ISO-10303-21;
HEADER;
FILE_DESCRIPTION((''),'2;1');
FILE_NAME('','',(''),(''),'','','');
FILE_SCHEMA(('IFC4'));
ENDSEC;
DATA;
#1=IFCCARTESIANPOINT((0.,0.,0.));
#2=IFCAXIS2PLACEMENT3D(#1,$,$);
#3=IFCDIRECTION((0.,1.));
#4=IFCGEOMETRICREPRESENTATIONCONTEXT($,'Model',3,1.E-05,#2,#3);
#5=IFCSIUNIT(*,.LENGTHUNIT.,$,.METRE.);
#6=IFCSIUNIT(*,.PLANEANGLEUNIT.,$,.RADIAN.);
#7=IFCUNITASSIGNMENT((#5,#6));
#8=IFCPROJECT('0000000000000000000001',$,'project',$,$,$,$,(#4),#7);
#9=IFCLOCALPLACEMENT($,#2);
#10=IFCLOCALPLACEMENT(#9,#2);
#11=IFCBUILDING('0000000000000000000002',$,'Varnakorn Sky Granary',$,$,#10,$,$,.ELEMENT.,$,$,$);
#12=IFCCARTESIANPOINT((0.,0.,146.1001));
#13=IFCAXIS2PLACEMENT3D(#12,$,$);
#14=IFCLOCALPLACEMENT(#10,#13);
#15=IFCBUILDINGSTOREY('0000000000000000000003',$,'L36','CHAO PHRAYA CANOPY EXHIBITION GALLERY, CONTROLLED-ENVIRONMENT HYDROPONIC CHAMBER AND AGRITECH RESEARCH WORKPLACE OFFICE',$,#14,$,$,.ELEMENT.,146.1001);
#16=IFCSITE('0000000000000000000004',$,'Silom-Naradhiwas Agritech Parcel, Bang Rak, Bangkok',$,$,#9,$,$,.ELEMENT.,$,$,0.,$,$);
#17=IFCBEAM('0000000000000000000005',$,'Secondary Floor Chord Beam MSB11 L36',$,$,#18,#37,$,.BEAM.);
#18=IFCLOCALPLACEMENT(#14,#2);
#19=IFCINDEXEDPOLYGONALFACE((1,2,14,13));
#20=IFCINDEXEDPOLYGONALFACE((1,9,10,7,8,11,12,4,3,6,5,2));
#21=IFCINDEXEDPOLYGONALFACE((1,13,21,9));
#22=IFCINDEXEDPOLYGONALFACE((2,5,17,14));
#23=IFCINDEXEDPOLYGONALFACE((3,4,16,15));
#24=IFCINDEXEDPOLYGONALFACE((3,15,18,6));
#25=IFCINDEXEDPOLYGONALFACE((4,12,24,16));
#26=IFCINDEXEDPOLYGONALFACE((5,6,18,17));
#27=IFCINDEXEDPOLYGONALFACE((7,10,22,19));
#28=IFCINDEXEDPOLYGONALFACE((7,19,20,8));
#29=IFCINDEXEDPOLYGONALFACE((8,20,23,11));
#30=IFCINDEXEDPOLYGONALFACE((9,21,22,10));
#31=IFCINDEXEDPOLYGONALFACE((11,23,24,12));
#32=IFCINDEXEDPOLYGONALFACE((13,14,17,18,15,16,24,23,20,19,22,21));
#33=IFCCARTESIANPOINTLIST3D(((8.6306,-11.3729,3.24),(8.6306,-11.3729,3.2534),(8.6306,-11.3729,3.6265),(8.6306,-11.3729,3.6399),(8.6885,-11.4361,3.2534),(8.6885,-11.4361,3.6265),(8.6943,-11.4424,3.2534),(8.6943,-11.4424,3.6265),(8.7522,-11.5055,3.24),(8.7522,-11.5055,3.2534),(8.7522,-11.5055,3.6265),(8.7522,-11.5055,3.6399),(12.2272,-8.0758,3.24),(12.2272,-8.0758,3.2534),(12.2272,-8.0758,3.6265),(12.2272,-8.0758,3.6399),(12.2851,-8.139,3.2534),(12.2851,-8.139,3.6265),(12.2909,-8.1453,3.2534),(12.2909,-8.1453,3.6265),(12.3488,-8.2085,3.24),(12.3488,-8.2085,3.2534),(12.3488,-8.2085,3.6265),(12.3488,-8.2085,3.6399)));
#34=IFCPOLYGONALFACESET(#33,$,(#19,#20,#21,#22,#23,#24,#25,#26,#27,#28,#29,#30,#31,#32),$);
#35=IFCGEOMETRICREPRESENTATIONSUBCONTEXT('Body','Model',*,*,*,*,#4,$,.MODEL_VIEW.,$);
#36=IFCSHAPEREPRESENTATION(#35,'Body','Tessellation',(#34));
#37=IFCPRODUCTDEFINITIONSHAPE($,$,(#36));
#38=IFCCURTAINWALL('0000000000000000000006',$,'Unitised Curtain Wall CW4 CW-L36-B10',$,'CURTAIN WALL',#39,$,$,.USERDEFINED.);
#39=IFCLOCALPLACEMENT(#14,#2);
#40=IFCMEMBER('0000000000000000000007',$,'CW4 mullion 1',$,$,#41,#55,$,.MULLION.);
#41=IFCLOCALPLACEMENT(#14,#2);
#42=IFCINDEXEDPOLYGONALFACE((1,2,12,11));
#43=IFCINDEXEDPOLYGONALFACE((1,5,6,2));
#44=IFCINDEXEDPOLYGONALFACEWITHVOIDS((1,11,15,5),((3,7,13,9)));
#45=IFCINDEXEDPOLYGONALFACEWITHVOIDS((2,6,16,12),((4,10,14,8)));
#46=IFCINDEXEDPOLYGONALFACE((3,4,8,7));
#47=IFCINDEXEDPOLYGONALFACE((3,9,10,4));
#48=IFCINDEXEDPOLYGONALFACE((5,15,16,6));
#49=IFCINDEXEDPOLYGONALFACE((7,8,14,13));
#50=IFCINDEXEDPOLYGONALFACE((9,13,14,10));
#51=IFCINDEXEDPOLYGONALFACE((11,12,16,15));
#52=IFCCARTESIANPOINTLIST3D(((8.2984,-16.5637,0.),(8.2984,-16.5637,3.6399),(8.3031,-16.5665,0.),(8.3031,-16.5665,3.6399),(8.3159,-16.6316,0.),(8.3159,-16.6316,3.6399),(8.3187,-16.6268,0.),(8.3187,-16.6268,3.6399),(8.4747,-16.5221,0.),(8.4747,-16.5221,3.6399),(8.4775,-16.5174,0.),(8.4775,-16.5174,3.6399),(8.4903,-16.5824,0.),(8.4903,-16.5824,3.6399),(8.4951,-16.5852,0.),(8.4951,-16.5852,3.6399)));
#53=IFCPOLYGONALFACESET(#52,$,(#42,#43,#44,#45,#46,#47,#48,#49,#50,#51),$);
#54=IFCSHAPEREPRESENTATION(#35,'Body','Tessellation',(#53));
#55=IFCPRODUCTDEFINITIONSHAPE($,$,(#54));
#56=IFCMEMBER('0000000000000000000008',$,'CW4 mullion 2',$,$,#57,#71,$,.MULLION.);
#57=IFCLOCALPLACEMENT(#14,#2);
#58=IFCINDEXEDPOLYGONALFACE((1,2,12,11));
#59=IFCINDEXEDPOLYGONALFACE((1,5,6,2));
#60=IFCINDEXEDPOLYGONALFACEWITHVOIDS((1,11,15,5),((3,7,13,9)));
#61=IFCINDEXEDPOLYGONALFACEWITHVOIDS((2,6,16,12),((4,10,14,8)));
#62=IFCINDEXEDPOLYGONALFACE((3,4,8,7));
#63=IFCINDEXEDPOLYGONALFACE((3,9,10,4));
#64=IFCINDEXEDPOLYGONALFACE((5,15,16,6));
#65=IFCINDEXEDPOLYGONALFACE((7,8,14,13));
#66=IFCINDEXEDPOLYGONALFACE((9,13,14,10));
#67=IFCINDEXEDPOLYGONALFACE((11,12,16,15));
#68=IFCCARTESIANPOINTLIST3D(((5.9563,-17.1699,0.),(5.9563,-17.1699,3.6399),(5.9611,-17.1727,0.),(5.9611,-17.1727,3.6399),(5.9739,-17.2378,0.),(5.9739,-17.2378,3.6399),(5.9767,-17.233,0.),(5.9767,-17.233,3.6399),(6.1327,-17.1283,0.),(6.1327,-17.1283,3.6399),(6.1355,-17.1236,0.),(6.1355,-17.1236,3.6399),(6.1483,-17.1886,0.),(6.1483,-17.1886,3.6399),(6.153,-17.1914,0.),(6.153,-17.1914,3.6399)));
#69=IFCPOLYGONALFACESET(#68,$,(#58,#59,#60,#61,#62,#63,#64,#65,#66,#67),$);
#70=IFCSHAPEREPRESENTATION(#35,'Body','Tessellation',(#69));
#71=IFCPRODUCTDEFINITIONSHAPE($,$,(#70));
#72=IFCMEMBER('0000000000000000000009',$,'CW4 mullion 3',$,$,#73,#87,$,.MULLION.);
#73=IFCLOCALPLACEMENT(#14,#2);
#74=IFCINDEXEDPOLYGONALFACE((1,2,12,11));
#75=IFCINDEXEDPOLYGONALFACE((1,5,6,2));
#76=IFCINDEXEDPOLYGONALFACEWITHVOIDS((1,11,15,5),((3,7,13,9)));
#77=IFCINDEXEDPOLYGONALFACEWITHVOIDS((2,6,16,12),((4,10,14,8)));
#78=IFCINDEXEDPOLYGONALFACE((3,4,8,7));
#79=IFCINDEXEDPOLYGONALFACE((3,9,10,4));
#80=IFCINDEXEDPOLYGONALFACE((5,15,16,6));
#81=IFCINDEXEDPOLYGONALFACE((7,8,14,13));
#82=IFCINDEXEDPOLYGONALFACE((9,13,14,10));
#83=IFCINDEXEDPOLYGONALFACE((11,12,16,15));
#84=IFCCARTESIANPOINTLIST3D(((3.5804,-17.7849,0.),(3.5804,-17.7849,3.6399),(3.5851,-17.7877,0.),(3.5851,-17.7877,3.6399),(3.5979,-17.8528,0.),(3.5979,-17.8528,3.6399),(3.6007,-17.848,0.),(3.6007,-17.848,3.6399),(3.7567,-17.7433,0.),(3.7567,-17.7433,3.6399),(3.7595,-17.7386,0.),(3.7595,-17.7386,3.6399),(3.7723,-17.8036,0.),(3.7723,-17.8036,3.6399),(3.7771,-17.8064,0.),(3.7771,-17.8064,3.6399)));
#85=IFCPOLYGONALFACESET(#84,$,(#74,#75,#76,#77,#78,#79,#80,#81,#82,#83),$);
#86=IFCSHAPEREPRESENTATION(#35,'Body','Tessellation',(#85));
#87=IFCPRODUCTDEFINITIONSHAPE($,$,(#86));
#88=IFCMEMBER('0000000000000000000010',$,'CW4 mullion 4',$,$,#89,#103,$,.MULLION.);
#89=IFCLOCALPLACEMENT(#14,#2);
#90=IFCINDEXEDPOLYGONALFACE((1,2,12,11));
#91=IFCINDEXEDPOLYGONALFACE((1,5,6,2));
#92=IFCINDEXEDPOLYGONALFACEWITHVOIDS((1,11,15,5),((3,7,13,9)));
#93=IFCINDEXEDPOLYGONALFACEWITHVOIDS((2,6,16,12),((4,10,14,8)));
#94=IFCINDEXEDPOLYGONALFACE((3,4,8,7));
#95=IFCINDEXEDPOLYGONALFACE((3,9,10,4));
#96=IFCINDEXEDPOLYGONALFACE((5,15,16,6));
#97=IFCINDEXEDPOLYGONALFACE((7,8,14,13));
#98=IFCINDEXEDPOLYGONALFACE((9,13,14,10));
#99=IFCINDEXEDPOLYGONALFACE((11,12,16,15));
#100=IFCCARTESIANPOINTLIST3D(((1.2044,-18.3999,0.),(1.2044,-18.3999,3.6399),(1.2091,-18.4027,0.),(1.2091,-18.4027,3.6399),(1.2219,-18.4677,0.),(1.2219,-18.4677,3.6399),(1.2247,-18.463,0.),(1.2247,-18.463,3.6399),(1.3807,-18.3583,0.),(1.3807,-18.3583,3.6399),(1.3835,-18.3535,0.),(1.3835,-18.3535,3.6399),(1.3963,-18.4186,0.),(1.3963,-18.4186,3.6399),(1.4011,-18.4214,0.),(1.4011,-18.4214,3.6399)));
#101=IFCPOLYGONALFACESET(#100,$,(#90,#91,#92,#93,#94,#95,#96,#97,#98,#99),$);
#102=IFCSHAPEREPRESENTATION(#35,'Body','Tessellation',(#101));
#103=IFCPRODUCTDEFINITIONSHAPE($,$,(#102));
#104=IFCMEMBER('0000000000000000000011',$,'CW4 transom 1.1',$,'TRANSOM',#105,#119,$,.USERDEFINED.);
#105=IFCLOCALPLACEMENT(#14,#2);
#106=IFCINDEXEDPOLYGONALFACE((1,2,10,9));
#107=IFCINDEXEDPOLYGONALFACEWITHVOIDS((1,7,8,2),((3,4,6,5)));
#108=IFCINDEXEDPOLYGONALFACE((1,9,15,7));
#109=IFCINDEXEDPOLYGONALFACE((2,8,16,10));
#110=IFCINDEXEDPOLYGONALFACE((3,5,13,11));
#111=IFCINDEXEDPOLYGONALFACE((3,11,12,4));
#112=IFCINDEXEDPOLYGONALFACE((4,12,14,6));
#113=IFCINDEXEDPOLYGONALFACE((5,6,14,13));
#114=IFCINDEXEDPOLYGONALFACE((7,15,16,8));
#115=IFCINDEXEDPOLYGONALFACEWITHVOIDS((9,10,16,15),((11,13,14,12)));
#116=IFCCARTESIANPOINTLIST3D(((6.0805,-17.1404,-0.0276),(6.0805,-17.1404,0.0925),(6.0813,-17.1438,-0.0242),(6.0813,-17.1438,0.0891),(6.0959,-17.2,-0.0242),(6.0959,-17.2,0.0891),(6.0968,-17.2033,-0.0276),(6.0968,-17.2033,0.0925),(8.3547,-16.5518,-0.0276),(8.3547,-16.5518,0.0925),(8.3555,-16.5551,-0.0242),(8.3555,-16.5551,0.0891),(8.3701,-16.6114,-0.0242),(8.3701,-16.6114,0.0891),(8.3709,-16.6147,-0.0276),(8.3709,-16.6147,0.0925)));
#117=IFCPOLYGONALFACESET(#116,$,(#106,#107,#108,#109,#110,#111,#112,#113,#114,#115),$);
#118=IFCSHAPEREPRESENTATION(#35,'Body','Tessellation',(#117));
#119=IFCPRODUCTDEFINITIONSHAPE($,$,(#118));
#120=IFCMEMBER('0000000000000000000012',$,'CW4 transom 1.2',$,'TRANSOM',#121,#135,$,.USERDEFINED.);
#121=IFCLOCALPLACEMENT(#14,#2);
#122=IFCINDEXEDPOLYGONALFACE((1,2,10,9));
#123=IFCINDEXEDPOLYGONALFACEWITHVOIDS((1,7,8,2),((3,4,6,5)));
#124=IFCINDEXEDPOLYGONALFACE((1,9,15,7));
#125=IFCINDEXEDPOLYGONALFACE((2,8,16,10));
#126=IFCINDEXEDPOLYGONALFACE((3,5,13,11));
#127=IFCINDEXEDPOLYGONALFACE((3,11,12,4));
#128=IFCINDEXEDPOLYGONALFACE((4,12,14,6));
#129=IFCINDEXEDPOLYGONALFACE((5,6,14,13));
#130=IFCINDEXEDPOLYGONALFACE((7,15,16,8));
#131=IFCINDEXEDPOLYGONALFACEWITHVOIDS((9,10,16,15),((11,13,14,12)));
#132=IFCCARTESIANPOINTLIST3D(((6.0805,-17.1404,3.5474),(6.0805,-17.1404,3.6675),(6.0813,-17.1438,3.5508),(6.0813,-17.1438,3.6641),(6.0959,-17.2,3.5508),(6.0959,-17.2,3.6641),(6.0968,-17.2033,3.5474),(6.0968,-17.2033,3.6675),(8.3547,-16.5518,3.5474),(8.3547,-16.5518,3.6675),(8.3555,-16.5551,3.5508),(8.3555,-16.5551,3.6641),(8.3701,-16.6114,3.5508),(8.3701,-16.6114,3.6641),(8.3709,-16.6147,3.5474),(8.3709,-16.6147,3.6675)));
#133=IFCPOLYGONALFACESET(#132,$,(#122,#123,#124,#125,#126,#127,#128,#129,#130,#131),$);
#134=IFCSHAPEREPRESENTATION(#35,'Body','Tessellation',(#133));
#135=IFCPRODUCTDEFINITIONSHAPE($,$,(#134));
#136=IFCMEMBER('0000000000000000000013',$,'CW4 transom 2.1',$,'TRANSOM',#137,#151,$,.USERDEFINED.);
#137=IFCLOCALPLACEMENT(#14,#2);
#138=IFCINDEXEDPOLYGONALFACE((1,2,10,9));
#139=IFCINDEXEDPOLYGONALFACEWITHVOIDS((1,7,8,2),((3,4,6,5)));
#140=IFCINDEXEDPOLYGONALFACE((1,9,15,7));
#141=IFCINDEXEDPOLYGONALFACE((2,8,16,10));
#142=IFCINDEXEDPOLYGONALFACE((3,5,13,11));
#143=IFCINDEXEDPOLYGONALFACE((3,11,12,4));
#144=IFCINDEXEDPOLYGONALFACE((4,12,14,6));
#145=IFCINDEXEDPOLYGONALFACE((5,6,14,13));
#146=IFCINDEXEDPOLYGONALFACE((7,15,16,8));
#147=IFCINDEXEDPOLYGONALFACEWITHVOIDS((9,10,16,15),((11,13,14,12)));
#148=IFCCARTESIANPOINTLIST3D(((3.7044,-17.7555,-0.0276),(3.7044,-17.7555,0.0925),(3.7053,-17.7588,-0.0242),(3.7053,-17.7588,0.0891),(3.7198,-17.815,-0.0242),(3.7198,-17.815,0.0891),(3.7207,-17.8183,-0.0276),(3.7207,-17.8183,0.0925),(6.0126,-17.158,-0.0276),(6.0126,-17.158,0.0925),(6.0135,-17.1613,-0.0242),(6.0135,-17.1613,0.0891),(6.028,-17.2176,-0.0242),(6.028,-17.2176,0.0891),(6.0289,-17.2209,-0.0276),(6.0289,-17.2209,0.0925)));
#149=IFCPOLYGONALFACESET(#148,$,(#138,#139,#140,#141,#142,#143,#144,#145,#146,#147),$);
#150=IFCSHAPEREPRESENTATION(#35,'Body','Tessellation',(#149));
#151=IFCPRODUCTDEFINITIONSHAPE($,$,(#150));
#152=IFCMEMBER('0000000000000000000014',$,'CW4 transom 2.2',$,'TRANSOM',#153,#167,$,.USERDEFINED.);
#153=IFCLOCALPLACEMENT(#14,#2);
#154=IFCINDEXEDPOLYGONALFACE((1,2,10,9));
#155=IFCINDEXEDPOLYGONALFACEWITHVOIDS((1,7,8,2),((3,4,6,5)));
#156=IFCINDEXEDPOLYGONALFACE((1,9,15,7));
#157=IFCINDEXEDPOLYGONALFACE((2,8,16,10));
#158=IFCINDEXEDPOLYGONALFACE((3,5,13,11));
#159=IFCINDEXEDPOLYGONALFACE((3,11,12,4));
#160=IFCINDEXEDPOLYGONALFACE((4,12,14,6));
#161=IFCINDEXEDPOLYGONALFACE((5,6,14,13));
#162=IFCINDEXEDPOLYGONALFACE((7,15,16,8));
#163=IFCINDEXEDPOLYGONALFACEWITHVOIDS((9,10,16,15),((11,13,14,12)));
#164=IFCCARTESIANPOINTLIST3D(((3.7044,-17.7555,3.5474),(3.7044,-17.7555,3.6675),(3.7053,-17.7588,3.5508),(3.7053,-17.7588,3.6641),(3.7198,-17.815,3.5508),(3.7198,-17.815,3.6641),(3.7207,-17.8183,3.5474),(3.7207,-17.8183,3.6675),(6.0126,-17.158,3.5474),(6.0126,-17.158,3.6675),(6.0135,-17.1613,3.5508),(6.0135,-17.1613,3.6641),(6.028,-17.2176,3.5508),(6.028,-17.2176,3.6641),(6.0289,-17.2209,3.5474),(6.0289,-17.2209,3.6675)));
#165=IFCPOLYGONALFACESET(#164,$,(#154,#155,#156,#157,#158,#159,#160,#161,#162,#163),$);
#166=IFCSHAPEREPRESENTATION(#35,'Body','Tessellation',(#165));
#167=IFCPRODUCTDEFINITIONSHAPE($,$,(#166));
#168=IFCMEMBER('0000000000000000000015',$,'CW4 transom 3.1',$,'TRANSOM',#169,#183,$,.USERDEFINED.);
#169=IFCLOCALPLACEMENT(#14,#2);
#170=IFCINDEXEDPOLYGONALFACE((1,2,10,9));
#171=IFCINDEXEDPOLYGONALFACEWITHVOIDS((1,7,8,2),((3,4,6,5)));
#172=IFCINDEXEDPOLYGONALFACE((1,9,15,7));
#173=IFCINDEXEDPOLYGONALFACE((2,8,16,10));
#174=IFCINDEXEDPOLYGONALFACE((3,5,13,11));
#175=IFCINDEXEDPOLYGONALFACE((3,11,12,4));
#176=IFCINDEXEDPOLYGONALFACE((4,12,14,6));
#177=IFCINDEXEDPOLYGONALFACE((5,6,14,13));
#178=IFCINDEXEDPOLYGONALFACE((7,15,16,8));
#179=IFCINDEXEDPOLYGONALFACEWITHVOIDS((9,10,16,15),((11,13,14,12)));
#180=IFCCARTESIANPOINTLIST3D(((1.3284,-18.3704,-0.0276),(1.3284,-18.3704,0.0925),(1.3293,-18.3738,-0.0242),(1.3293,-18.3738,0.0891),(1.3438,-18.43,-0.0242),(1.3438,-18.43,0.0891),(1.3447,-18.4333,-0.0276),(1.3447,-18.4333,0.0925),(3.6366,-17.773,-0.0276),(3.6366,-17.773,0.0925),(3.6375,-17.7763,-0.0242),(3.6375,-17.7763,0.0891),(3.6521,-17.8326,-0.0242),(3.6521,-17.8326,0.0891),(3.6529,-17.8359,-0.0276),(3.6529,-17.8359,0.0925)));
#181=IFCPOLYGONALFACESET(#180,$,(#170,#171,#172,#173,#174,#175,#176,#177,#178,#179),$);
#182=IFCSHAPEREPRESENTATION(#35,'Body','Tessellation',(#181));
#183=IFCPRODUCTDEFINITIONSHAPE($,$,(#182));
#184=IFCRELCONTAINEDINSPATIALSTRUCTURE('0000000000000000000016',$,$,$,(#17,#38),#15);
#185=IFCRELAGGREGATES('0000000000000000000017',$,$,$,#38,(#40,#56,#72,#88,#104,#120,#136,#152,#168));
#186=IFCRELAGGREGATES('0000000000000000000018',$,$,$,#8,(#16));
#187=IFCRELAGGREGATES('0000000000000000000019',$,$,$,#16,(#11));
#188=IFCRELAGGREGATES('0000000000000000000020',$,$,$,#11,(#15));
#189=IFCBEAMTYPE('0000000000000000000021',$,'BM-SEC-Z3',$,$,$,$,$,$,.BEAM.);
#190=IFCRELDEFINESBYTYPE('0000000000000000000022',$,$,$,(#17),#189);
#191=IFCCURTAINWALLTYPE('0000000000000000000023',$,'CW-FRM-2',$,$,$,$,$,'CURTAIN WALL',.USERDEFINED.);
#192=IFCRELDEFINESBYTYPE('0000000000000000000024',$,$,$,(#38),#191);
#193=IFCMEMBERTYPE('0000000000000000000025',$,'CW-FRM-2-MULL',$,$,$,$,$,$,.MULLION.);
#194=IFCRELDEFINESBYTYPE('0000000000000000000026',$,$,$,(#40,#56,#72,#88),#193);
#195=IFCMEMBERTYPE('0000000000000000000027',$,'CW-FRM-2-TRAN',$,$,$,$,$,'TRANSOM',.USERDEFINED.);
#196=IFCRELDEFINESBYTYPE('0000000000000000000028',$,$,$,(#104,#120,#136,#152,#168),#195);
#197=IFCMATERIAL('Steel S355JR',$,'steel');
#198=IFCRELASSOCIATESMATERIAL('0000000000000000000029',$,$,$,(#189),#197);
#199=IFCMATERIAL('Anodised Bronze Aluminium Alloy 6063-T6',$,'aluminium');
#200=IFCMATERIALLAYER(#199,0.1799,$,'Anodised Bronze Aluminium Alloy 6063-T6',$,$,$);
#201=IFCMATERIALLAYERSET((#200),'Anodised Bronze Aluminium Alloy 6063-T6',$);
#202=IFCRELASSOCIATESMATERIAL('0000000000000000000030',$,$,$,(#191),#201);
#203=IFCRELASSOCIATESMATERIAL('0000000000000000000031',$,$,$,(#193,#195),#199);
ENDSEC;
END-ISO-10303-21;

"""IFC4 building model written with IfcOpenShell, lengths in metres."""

from ifc_helpers import new_model, si_unit, direction, frame, origin, origin_2d, place, context, subcontext, project, spatial, hollow_rectangle, i_section, extrude, material, layer, layer_set, material_profile, profile_set, type_object, element, aggregate, save


model = new_model("IFC4")

# Units and contexts
model_context = context("Model", 3, precision=1e-05, world=origin(), true_north=direction((0.0, 1.0)))
body_context = subcontext(model_context, "Body", "Model", "MODEL_VIEW")
ifc_project = project(units=[si_unit("LENGTHUNIT", "METRE"), si_unit("PLANEANGLEUNIT", "RADIAN")], contexts=[model_context])

# Site, building, storey
site_placement = place(None, origin())
site = spatial("IfcSite", under=ifc_project, at=site_placement, Name="Silom-Naradhiwas Agritech Parcel, Bang Rak, Bangkok", CompositionType="ELEMENT", RefElevation=0.0)
building_placement = place(site_placement, origin())
building = spatial("IfcBuilding", under=site, at=building_placement, Name="Varnakorn Sky Granary", CompositionType="ELEMENT")
storey_placement = place(building_placement, frame((0.0, 0.0, 146.1001)))
storey = spatial("IfcBuildingStorey", under=building, at=storey_placement, Name="L36", Description="CHAO PHRAYA CANOPY EXHIBITION GALLERY, CONTROLLED-ENVIRONMENT HYDROPONIC CHAMBER AND AGRITECH RESEARCH WORKPLACE OFFICE", CompositionType="ELEMENT", Elevation=146.1001)

# Beam
ifc_material_1 = material(Name="Steel S355JR", Category="steel")
ifc_material_profile_1 = material_profile(ifc_material_1, i_section(OverallWidth=0.1799, OverallDepth=0.3999, WebThickness=0.0085, FlangeThickness=0.0134, at=origin_2d()), Name="IPE 400")
ifc_profile_set_1 = profile_set([ifc_material_profile_1], Name="Steel S355JR")
beam_type = type_object("IfcBeamType", Name="BM-SEC-Z3", PredefinedType="BEAM", material=ifc_profile_set_1)
beam_placement = place(storey_placement, frame((8.6914, -11.4392, 3.4399), z_axis=(0.737138, 0.675743, 0.0), x_axis=(-0.675743, 0.737138, 0.0)))
element("IfcBeam", 1, at=beam_placement, inside=storey, type_object=beam_type, Name="Secondary Floor Chord Beam MSB11 L36", PredefinedType="BEAM", context=body_context, shape_type="SweptSolid", body=[
    extrude(i_section(OverallWidth=0.1799, OverallDepth=0.3999, WebThickness=0.0085, FlangeThickness=0.0134, at=origin_2d()), origin(), (0.0, 0.0, 1.0), 4.8792),
])

# Curtain wall, members
ifc_material_2 = material(Name="Anodised Bronze Aluminium Alloy 6063-T6", Category="aluminium")
ifc_layer_1 = layer(ifc_material_2, 0.1799, Name="Anodised Bronze Aluminium Alloy 6063-T6")
ifc_layer_set_1 = layer_set([ifc_layer_1], Name="Anodised Bronze Aluminium Alloy 6063-T6")
curtain_wall_type = type_object("IfcCurtainWallType", Name="CW-FRM-2", ElementType="CURTAIN WALL", PredefinedType="USERDEFINED", material=ifc_layer_set_1)
curtain_wall_placement = place(storey_placement, origin())
curtain_wall = element("IfcCurtainWall", 2, at=curtain_wall_placement, inside=storey, type_object=curtain_wall_type, Name="Unitised Curtain Wall CW4 CW-L36-B10", ObjectType="CURTAIN WALL", PredefinedType="USERDEFINED")
ifc_material_profile_2 = material_profile(ifc_material_2, hollow_rectangle(XDim=0.0701, YDim=0.1851, WallThickness=0.0039, at=origin_2d()), Name="ALU MULL 70x185")
ifc_profile_set_2 = profile_set([ifc_material_profile_2], Name="Anodised Bronze Aluminium Alloy 6063-T6")
member_type_1 = type_object("IfcMemberType", Name="CW-FRM-2-MULL", PredefinedType="MULLION", material=ifc_profile_set_2)
member_1_placement = place(storey_placement, frame((8.3967, -16.5745, 0.0), z_axis=(0.0, 0.0, 1.0), x_axis=(0.250559, -0.968101, 0.0)))
member_1 = element("IfcMember", 3, at=member_1_placement, type_object=member_type_1, Name="CW4 mullion 1", PredefinedType="MULLION", context=body_context, shape_type="SweptSolid", body=[
    extrude(hollow_rectangle(XDim=0.0701, YDim=0.1851, WallThickness=0.0039, at=origin_2d()), origin(), (0.0, 0.0, 1.0), 3.6399),
])
member_2_placement = place(storey_placement, frame((6.0547, -17.1807, 0.0), z_axis=(0.0, 0.0, 1.0), x_axis=(0.250559, -0.968101, 0.0)))
member_2 = element("IfcMember", 4, at=member_2_placement, type_object=member_type_1, Name="CW4 mullion 2", PredefinedType="MULLION", context=body_context, shape_type="SweptSolid", body=[
    extrude(hollow_rectangle(XDim=0.0701, YDim=0.1851, WallThickness=0.0039, at=origin_2d()), origin(), (0.0, 0.0, 1.0), 3.6399),
])
member_3_placement = place(storey_placement, frame((3.6787, -17.7957, 0.0), z_axis=(0.0, 0.0, 1.0), x_axis=(0.250559, -0.968101, 0.0)))
member_3 = element("IfcMember", 5, at=member_3_placement, type_object=member_type_1, Name="CW4 mullion 3", PredefinedType="MULLION", context=body_context, shape_type="SweptSolid", body=[
    extrude(hollow_rectangle(XDim=0.0701, YDim=0.1851, WallThickness=0.0039, at=origin_2d()), origin(), (0.0, 0.0, 1.0), 3.6399),
])
member_4_placement = place(storey_placement, frame((1.3027, -18.4106, 0.0), z_axis=(0.0, 0.0, 1.0), x_axis=(0.250559, -0.968101, 0.0)))
member_4 = element("IfcMember", 6, at=member_4_placement, type_object=member_type_1, Name="CW4 mullion 4", PredefinedType="MULLION", context=body_context, shape_type="SweptSolid", body=[
    extrude(hollow_rectangle(XDim=0.0701, YDim=0.1851, WallThickness=0.0039, at=origin_2d()), origin(), (0.0, 0.0, 1.0), 3.6399),
])
ifc_material_profile_3 = material_profile(ifc_material_2, hollow_rectangle(XDim=0.0649, YDim=0.1201, WallThickness=0.0034, at=origin_2d()), Name="ALU TRAN 65x120")
ifc_profile_set_3 = profile_set([ifc_material_profile_3], Name="Anodised Bronze Aluminium Alloy 6063-T6")
member_type_2 = type_object("IfcMemberType", Name="CW-FRM-2-TRAN", ElementType="TRANSOM", PredefinedType="USERDEFINED", material=ifc_profile_set_3)
member_5_placement = place(storey_placement, frame((8.3628, -16.5833, 0.0325), z_axis=(-0.968098, -0.250573, 0.0), x_axis=(0.250573, -0.968098, 0.0)))
member_5 = element("IfcMember", 7, at=member_5_placement, type_object=member_type_2, Name="CW4 transom 1.1", ObjectType="TRANSOM", PredefinedType="USERDEFINED", context=body_context, shape_type="SweptSolid", body=[
    extrude(hollow_rectangle(XDim=0.0649, YDim=0.1201, WallThickness=0.0034, at=origin_2d()), origin(), (0.0, 0.0, 1.0), 2.3491),
])
member_6_placement = place(storey_placement, frame((8.3628, -16.5833, 3.6074), z_axis=(-0.968098, -0.250573, 0.0), x_axis=(0.250573, -0.968098, 0.0)))
member_6 = element("IfcMember", 8, at=member_6_placement, type_object=member_type_2, Name="CW4 transom 1.2", ObjectType="TRANSOM", PredefinedType="USERDEFINED", context=body_context, shape_type="SweptSolid", body=[
    extrude(hollow_rectangle(XDim=0.0649, YDim=0.1201, WallThickness=0.0034, at=origin_2d()), origin(), (0.0, 0.0, 1.0), 2.3491),
])
member_7_placement = place(storey_placement, frame((6.0208, -17.1895, 0.0325), z_axis=(-0.968097, -0.250575, 0.0), x_axis=(0.250575, -0.968097, 0.0)))
member_7 = element("IfcMember", 9, at=member_7_placement, type_object=member_type_2, Name="CW4 transom 2.1", ObjectType="TRANSOM", PredefinedType="USERDEFINED", context=body_context, shape_type="SweptSolid", body=[
    extrude(hollow_rectangle(XDim=0.0649, YDim=0.1201, WallThickness=0.0034, at=origin_2d()), origin(), (0.0, 0.0, 1.0), 2.3843),
])
member_8_placement = place(storey_placement, frame((6.0208, -17.1895, 3.6074), z_axis=(-0.968097, -0.250575, 0.0), x_axis=(0.250575, -0.968097, 0.0)))
member_8 = element("IfcMember", 10, at=member_8_placement, type_object=member_type_2, Name="CW4 transom 2.2", ObjectType="TRANSOM", PredefinedType="USERDEFINED", context=body_context, shape_type="SweptSolid", body=[
    extrude(hollow_rectangle(XDim=0.0649, YDim=0.1201, WallThickness=0.0034, at=origin_2d()), origin(), (0.0, 0.0, 1.0), 2.3843),
])
member_9_placement = place(storey_placement, frame((3.6448, -17.8044, 0.0325), z_axis=(-0.968097, -0.250575, 0.0), x_axis=(0.250575, -0.968097, 0.0)))
member_9 = element("IfcMember", 11, at=member_9_placement, type_object=member_type_2, Name="CW4 transom 3.1", ObjectType="TRANSOM", PredefinedType="USERDEFINED", context=body_context, shape_type="SweptSolid", body=[
    extrude(hollow_rectangle(XDim=0.0649, YDim=0.1201, WallThickness=0.0034, at=origin_2d()), origin(), (0.0, 0.0, 1.0), 2.3843),
])
aggregate(curtain_wall, [member_1, member_2, member_3, member_4, member_5, member_6, member_7, member_8, member_9])

save(model, "model.ifc")
